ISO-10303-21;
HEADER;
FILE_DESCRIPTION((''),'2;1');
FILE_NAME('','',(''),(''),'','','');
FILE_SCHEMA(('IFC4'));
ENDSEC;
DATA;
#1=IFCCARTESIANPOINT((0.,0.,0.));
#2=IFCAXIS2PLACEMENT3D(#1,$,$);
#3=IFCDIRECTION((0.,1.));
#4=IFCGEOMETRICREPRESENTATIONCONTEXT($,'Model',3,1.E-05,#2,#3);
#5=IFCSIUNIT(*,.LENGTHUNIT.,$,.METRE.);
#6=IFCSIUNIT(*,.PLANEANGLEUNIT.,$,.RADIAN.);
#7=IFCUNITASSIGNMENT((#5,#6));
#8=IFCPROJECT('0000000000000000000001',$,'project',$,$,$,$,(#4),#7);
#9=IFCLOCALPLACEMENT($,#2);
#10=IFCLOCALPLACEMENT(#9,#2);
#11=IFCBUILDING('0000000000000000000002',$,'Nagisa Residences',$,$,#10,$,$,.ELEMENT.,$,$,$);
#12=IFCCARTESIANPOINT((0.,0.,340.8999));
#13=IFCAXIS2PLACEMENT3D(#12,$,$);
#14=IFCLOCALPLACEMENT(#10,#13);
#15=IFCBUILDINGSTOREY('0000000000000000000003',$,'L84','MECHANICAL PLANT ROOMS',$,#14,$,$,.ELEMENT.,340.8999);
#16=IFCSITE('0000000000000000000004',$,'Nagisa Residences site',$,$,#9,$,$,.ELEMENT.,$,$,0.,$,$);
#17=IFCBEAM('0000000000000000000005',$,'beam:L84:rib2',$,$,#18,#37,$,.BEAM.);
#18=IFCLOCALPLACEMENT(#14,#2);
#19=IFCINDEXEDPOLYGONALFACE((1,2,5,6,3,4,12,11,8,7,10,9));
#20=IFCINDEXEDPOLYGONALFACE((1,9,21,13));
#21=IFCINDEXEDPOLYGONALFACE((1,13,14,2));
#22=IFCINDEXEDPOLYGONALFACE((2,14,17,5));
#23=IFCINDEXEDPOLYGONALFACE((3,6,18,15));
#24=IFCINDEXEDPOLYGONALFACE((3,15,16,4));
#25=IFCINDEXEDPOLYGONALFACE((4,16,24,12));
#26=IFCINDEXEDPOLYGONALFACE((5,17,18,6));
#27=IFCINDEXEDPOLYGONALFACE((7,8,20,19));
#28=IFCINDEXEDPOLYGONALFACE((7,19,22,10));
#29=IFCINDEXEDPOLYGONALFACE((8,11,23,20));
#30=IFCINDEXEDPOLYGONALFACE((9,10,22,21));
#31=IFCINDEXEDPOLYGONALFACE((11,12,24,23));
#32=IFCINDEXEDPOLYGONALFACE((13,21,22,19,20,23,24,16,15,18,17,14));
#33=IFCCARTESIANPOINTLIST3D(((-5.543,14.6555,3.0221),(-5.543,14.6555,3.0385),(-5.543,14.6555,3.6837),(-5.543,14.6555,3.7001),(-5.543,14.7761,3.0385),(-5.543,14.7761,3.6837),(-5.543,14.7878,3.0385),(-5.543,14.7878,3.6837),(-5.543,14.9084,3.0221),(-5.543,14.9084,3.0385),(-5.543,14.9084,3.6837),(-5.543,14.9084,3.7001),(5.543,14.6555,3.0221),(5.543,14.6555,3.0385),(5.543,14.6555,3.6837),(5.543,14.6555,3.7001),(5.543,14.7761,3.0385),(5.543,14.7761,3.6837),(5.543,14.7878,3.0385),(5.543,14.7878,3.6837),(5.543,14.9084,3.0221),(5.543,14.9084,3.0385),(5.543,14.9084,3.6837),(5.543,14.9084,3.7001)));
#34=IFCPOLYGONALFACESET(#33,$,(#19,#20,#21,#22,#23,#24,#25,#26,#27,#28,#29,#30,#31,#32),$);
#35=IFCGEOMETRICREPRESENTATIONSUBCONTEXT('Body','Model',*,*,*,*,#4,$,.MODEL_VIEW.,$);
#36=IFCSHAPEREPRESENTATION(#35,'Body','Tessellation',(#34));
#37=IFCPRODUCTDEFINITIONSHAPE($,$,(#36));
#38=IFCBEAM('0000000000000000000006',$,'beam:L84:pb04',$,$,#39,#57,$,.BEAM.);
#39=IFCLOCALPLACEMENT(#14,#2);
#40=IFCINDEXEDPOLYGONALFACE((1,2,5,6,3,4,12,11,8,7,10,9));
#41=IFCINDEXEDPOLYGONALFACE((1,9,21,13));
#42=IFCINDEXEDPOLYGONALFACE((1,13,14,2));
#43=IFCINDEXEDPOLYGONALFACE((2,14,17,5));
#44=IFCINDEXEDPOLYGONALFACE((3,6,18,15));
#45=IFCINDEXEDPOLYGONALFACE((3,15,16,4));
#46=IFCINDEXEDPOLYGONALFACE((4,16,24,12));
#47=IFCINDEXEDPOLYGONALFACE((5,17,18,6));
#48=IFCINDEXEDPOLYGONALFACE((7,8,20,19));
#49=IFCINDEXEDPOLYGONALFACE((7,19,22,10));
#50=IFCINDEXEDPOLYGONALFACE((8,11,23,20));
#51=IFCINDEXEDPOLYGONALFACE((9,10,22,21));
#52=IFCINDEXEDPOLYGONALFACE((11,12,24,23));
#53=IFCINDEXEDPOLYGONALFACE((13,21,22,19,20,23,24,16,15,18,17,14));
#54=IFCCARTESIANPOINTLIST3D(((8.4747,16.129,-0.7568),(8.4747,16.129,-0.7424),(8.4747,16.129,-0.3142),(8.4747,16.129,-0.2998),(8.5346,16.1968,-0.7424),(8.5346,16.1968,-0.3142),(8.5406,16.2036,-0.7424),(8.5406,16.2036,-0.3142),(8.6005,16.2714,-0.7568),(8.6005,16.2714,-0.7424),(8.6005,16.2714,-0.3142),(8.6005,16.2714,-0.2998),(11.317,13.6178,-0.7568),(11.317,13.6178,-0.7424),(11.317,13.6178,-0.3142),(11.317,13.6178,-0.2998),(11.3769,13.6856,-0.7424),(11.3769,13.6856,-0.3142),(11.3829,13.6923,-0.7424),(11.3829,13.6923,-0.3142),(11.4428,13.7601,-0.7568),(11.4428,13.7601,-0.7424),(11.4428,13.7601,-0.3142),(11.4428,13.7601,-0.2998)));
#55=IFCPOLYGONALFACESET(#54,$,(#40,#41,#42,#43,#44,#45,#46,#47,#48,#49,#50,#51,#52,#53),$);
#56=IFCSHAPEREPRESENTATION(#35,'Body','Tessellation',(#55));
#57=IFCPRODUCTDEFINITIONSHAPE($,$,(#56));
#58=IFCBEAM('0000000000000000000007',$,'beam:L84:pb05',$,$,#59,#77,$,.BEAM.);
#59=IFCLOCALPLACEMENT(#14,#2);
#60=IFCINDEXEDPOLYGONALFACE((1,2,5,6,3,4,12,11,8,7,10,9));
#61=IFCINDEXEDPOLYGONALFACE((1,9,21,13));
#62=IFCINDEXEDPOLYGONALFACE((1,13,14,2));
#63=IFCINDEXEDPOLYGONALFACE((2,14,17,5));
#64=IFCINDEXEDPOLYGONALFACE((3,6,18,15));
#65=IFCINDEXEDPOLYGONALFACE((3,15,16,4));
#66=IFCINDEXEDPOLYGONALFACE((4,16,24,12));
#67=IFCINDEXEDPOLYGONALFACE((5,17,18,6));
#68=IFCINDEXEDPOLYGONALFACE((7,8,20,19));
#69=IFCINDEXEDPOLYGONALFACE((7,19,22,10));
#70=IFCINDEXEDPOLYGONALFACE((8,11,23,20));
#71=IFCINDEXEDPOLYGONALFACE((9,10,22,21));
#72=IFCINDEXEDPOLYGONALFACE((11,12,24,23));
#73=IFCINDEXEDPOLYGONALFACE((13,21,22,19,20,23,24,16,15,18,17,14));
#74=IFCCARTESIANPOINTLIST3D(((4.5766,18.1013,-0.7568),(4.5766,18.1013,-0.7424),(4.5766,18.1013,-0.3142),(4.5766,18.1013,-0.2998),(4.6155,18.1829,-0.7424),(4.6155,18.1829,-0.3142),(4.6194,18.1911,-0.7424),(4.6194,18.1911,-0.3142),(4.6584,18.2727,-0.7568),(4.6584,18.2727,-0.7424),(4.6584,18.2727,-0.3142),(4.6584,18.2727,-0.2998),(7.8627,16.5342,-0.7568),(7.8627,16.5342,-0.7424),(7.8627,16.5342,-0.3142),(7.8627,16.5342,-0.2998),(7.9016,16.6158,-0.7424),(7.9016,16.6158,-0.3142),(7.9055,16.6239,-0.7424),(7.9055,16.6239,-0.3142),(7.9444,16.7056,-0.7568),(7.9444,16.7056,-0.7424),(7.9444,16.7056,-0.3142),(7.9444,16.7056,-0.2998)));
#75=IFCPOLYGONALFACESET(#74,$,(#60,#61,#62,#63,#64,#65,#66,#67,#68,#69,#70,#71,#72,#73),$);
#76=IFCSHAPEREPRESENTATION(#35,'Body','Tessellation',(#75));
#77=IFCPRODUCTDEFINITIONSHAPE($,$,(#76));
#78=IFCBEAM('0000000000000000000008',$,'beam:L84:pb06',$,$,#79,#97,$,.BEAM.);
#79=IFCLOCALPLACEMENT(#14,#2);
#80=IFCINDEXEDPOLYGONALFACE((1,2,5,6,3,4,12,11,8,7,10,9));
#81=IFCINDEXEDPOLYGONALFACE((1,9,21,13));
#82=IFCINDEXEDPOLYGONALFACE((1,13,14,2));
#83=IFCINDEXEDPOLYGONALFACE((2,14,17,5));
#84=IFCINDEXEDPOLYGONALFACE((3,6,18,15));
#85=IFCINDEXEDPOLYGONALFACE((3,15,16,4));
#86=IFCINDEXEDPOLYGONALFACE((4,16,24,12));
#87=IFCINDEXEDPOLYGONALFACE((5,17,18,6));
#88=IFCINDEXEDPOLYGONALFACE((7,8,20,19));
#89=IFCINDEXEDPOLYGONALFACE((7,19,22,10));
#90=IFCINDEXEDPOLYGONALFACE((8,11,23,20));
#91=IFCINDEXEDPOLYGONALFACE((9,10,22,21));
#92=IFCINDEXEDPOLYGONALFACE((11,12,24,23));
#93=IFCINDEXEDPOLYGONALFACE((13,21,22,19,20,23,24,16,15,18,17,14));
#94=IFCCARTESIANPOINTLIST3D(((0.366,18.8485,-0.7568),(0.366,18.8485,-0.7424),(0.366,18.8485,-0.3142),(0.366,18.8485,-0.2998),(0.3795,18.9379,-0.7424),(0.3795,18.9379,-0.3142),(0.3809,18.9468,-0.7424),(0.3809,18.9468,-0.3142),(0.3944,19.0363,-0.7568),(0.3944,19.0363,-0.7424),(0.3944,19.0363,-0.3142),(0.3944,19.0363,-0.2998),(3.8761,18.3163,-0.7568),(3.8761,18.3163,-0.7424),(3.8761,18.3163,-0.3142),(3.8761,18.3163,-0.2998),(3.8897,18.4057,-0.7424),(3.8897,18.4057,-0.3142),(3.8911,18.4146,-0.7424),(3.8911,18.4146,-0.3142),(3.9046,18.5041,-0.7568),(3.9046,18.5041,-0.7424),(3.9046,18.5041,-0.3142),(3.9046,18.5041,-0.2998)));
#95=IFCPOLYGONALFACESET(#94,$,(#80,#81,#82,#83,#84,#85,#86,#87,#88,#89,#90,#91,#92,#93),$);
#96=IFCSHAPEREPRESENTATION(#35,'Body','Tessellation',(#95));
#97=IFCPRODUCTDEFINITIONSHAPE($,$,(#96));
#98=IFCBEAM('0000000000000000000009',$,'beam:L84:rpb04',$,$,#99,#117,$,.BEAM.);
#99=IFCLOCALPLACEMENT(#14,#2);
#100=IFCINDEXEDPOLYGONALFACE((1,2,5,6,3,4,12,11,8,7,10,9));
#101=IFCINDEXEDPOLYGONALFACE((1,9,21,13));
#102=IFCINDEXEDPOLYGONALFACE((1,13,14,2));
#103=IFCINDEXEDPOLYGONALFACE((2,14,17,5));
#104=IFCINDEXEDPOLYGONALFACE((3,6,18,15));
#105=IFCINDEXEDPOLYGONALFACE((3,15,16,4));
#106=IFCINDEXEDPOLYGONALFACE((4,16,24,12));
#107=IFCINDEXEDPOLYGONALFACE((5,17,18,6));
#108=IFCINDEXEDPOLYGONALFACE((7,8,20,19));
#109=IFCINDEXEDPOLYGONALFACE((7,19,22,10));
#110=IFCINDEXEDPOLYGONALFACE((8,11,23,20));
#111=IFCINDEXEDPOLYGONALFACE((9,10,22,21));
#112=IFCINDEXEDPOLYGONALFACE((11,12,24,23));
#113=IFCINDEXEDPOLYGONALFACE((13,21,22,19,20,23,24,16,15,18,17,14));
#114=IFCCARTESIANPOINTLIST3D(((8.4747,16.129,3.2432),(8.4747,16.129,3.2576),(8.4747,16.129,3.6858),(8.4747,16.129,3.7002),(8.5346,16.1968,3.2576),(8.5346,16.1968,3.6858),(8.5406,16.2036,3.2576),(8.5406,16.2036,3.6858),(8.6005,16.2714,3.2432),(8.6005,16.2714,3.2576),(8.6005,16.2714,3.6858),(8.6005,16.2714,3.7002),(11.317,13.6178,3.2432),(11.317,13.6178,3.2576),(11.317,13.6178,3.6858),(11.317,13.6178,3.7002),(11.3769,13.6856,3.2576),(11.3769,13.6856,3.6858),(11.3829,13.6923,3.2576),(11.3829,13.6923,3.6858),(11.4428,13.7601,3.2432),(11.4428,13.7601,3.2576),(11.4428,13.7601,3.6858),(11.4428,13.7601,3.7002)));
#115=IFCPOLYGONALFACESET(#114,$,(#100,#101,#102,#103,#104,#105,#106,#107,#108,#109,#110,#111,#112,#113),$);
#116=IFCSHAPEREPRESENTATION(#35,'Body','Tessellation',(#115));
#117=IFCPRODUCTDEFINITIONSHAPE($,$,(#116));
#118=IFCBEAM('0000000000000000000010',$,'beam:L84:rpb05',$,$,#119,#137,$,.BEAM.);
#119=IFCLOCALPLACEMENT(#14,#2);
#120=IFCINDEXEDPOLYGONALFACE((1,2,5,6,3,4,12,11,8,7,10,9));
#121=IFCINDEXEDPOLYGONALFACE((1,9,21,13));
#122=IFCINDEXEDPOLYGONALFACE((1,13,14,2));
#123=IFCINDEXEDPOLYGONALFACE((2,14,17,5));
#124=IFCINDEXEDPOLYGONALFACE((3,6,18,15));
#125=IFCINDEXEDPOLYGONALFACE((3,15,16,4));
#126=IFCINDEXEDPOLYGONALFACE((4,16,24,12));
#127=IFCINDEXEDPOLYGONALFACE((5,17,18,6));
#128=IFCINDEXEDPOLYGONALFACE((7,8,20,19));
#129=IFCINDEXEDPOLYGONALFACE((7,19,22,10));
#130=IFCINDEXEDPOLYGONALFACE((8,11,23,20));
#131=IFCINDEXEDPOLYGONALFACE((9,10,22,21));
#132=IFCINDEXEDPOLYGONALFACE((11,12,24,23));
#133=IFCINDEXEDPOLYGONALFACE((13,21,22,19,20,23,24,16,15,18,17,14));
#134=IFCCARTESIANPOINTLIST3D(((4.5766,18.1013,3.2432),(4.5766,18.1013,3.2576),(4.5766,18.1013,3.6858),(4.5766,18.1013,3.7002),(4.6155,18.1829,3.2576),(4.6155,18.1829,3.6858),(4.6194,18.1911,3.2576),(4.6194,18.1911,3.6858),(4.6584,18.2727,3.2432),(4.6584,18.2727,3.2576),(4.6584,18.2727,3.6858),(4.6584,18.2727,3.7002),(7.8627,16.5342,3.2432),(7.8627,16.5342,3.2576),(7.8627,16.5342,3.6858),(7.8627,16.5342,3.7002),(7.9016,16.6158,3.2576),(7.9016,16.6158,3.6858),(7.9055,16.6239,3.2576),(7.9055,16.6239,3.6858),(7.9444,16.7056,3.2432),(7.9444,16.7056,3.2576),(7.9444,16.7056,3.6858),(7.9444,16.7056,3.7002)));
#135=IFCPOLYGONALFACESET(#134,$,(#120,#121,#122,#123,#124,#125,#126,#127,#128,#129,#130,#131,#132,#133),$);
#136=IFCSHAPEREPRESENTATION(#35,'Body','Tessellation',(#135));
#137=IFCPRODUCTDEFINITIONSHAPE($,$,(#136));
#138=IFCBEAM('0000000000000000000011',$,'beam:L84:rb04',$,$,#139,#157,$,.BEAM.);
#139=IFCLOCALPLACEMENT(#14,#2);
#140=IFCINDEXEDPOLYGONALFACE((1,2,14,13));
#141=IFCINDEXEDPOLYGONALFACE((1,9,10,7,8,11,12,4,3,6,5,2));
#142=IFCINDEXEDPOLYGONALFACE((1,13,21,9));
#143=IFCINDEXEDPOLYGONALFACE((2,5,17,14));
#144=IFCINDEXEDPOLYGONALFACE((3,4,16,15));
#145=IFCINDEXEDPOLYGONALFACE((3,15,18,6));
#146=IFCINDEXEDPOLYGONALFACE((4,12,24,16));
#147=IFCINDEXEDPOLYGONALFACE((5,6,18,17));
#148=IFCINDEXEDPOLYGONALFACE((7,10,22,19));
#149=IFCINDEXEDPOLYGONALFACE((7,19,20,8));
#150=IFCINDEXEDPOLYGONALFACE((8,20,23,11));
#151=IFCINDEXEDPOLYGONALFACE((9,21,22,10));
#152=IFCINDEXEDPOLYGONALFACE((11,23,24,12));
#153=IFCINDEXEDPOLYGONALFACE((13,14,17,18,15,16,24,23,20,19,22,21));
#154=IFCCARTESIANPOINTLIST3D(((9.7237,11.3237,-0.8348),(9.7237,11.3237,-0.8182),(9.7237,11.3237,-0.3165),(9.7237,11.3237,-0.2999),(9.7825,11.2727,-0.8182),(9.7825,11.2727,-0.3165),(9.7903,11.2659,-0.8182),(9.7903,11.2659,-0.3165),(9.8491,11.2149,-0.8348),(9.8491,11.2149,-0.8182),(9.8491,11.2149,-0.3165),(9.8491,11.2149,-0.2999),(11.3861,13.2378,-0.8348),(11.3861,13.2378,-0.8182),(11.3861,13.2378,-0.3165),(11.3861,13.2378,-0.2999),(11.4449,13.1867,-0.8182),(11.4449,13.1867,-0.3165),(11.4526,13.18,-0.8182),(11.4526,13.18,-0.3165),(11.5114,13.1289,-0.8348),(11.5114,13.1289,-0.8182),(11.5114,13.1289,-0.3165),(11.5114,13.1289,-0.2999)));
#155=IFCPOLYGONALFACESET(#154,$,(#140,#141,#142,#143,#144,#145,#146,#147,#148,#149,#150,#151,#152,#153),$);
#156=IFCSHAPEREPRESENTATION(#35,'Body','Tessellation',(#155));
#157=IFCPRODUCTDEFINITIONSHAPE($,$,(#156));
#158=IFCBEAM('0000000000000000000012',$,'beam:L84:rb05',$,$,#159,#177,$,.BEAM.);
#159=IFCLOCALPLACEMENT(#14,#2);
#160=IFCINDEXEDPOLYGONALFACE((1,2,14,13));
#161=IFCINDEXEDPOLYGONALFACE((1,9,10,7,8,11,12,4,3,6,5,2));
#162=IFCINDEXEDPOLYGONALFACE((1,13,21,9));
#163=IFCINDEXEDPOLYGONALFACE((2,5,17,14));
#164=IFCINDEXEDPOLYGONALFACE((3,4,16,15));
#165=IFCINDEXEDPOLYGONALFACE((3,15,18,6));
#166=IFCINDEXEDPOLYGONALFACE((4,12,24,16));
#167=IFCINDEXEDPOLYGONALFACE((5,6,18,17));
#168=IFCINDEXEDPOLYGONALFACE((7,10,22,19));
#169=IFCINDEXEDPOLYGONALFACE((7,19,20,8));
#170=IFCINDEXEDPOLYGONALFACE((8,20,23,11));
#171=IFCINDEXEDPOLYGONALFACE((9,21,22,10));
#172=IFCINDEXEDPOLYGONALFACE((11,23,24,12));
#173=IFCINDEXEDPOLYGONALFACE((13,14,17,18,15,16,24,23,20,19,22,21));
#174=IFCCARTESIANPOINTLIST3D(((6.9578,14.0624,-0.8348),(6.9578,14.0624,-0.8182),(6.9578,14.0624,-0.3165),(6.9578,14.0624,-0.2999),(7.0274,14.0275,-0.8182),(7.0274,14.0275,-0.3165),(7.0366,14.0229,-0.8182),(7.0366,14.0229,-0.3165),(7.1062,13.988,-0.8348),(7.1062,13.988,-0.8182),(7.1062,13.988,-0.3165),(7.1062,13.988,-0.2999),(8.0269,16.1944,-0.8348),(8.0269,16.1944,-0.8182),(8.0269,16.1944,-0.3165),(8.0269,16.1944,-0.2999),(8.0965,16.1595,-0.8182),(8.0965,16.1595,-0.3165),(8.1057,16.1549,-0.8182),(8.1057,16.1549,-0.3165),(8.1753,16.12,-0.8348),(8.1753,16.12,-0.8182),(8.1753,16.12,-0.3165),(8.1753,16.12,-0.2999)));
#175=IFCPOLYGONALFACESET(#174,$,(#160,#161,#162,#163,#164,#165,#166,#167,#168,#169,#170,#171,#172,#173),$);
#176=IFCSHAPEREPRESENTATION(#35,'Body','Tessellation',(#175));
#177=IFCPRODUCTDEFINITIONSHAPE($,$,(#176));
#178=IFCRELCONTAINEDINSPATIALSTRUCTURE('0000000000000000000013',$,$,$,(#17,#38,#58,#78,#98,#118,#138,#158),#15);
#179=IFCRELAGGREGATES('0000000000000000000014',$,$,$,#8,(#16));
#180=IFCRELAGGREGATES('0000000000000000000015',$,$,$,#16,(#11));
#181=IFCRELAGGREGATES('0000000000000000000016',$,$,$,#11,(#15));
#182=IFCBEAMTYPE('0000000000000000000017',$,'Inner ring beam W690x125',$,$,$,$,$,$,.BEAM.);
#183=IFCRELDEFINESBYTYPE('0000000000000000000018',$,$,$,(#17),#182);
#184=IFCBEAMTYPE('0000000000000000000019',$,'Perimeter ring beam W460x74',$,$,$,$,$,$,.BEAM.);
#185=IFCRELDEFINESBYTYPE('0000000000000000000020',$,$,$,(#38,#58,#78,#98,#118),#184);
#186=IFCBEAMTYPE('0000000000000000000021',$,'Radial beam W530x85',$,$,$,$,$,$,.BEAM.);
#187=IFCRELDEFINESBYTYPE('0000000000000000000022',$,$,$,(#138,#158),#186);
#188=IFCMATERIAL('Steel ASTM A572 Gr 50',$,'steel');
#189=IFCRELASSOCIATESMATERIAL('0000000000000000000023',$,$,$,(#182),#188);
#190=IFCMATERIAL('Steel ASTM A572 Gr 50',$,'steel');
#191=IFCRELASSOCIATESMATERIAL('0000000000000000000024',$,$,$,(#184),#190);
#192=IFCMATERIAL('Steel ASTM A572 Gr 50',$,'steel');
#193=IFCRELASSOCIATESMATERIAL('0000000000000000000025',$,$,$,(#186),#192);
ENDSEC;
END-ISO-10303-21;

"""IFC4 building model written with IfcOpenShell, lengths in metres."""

from ifc_helpers import new_model, si_unit, direction, frame, origin, origin_2d, place, context, subcontext, project, spatial, i_section, extrude, material, material_profile, profile_set, type_object, element, save


model = new_model("IFC4")

# Units and contexts
model_context = context("Model", 3, precision=1e-05, world=origin(), true_north=direction((0.0, 1.0)))
body_context = subcontext(model_context, "Body", "Model", "MODEL_VIEW")
ifc_project = project(units=[si_unit("LENGTHUNIT", "METRE"), si_unit("PLANEANGLEUNIT", "RADIAN")], contexts=[model_context])

# Site, building, storey
site_placement = place(None, origin())
site = spatial("IfcSite", under=ifc_project, at=site_placement, Name="Nagisa Residences site", CompositionType="ELEMENT", RefElevation=0.0)
building_placement = place(site_placement, origin())
building = spatial("IfcBuilding", under=site, at=building_placement, Name="Nagisa Residences", CompositionType="ELEMENT")
storey_placement = place(building_placement, frame((0.0, 0.0, 340.8999)))
storey = spatial("IfcBuildingStorey", under=building, at=storey_placement, Name="L84", Description="MECHANICAL PLANT ROOMS", CompositionType="ELEMENT", Elevation=340.8999)

# Beams
ifc_material_1 = material(Name="Steel ASTM A572 Gr 50", Category="steel")
ifc_material_profile_1 = material_profile(ifc_material_1, i_section(OverallWidth=0.2529, OverallDepth=0.678, WebThickness=0.0117, FlangeThickness=0.0164, at=origin_2d()), Name="W690x125")
ifc_profile_set_1 = profile_set([ifc_material_profile_1], Name="Steel ASTM A572 Gr 50")
beam_type_1 = type_object("IfcBeamType", Name="Inner ring beam W690x125", PredefinedType="BEAM", material=ifc_profile_set_1)
for number, where, z_axis, x_axis, name in (
    (1, (5.543, 14.782, 3.3611), (-1.0, 0.0, 0.0), (0.0, -1.0, 0.0), "beam:L84:rib2"),
):
    element("IfcBeam", number, at=place(storey_placement, frame(where, z_axis=z_axis, x_axis=x_axis)), inside=storey, type_object=beam_type_1, Name=name, PredefinedType="BEAM", context=body_context, shape_type="SweptSolid", body=[
        extrude(i_section(OverallWidth=0.2529, OverallDepth=0.678, WebThickness=0.0117, FlangeThickness=0.0164, at=origin_2d()), origin(), (0.0, 0.0, 1.0), 11.0859),
    ])
ifc_material_2 = material(Name="Steel ASTM A572 Gr 50", Category="steel")
ifc_material_profile_2 = material_profile(ifc_material_2, i_section(OverallWidth=0.1899, OverallDepth=0.457, WebThickness=0.009, FlangeThickness=0.0144, at=origin_2d()), Name="W460x74")
ifc_profile_set_2 = profile_set([ifc_material_profile_2], Name="Steel ASTM A572 Gr 50")
beam_type_2 = type_object("IfcBeamType", Name="Perimeter ring beam W460x74", PredefinedType="BEAM", material=ifc_profile_set_2)
beam_1_placement = place(storey_placement, frame((11.3799, 13.689, -0.5283), z_axis=(-0.749402, 0.662115, 0.0), x_axis=(-0.662115, -0.749402, 0.0)))
element("IfcBeam", 2, at=beam_1_placement, inside=storey, type_object=beam_type_2, Name="beam:L84:pb04", PredefinedType="BEAM", context=body_context, shape_type="SweptSolid", body=[
    extrude(i_section(OverallWidth=0.1899, OverallDepth=0.457, WebThickness=0.009, FlangeThickness=0.0144, at=origin_2d()), origin(), (0.0, 0.0, 1.0), 3.7927),
])
beam_2_placement = place(storey_placement, frame((7.9036, 16.6199, -0.5283), z_axis=(-0.902614, 0.430452, 0.0), x_axis=(-0.430452, -0.902614, 0.0)))
element("IfcBeam", 3, at=beam_2_placement, inside=storey, type_object=beam_type_2, Name="beam:L84:pb05", PredefinedType="BEAM", context=body_context, shape_type="SweptSolid", body=[
    extrude(i_section(OverallWidth=0.1899, OverallDepth=0.457, WebThickness=0.009, FlangeThickness=0.0144, at=origin_2d()), origin(), (0.0, 0.0, 1.0), 3.6406),
])
beam_3_placement = place(storey_placement, frame((3.8904, 18.4102, -0.5283), z_axis=(-0.9887, 0.149907, 0.0), x_axis=(-0.149907, -0.9887, 0.0)))
element("IfcBeam", 4, at=beam_3_placement, inside=storey, type_object=beam_type_2, Name="beam:L84:pb06", PredefinedType="BEAM", context=body_context, shape_type="SweptSolid", body=[
    extrude(i_section(OverallWidth=0.1899, OverallDepth=0.457, WebThickness=0.009, FlangeThickness=0.0144, at=origin_2d()), origin(), (0.0, 0.0, 1.0), 3.5503),
])
beam_4_placement = place(storey_placement, frame((11.3799, 13.689, 3.4717), z_axis=(-0.749402, 0.662115, 0.0), x_axis=(-0.662115, -0.749402, 0.0)))
element("IfcBeam", 5, at=beam_4_placement, inside=storey, type_object=beam_type_2, Name="beam:L84:rpb04", PredefinedType="BEAM", context=body_context, shape_type="SweptSolid", body=[
    extrude(i_section(OverallWidth=0.1899, OverallDepth=0.457, WebThickness=0.009, FlangeThickness=0.0144, at=origin_2d()), origin(), (0.0, 0.0, 1.0), 3.7927),
])
beam_5_placement = place(storey_placement, frame((7.9036, 16.6199, 3.4717), z_axis=(-0.902614, 0.430452, 0.0), x_axis=(-0.430452, -0.902614, 0.0)))
element("IfcBeam", 6, at=beam_5_placement, inside=storey, type_object=beam_type_2, Name="beam:L84:rpb05", PredefinedType="BEAM", context=body_context, shape_type="SweptSolid", body=[
    extrude(i_section(OverallWidth=0.1899, OverallDepth=0.457, WebThickness=0.009, FlangeThickness=0.0144, at=origin_2d()), origin(), (0.0, 0.0, 1.0), 3.6406),
])
ifc_material_3 = material(Name="Steel ASTM A572 Gr 50", Category="steel")
ifc_material_profile_3 = material_profile(ifc_material_3, i_section(OverallWidth=0.166, OverallDepth=0.5349, WebThickness=0.0103, FlangeThickness=0.0166, at=origin_2d()), Name="W530x85")
ifc_profile_set_3 = profile_set([ifc_material_profile_3], Name="Steel ASTM A572 Gr 50")
beam_type_3 = type_object("IfcBeamType", Name="Radial beam W530x85", PredefinedType="BEAM", material=ifc_profile_set_3)
beam_6_placement = place(storey_placement, frame((11.4487, 13.1833, -0.5674), z_axis=(-0.655718, -0.755006, 0.0), x_axis=(0.755006, -0.655718, 0.0)))
element("IfcBeam", 7, at=beam_6_placement, inside=storey, type_object=beam_type_3, Name="beam:L84:rb04", PredefinedType="BEAM", context=body_context, shape_type="SweptSolid", body=[
    extrude(i_section(OverallWidth=0.166, OverallDepth=0.5349, WebThickness=0.0103, FlangeThickness=0.0166, at=origin_2d()), origin(), (0.0, 0.0, 1.0), 2.5352),
])
beam_7_placement = place(storey_placement, frame((8.1011, 16.1572, -0.5674), z_axis=(-0.448237, -0.893915, 0.0), x_axis=(0.893915, -0.448237, 0.0)))
element("IfcBeam", 8, at=beam_7_placement, inside=storey, type_object=beam_type_3, Name="beam:L84:rb05", PredefinedType="BEAM", context=body_context, shape_type="SweptSolid", body=[
    extrude(i_section(OverallWidth=0.166, OverallDepth=0.5349, WebThickness=0.0103, FlangeThickness=0.0166, at=origin_2d()), origin(), (0.0, 0.0, 1.0), 2.385),
])

save(model, "model.ifc")
